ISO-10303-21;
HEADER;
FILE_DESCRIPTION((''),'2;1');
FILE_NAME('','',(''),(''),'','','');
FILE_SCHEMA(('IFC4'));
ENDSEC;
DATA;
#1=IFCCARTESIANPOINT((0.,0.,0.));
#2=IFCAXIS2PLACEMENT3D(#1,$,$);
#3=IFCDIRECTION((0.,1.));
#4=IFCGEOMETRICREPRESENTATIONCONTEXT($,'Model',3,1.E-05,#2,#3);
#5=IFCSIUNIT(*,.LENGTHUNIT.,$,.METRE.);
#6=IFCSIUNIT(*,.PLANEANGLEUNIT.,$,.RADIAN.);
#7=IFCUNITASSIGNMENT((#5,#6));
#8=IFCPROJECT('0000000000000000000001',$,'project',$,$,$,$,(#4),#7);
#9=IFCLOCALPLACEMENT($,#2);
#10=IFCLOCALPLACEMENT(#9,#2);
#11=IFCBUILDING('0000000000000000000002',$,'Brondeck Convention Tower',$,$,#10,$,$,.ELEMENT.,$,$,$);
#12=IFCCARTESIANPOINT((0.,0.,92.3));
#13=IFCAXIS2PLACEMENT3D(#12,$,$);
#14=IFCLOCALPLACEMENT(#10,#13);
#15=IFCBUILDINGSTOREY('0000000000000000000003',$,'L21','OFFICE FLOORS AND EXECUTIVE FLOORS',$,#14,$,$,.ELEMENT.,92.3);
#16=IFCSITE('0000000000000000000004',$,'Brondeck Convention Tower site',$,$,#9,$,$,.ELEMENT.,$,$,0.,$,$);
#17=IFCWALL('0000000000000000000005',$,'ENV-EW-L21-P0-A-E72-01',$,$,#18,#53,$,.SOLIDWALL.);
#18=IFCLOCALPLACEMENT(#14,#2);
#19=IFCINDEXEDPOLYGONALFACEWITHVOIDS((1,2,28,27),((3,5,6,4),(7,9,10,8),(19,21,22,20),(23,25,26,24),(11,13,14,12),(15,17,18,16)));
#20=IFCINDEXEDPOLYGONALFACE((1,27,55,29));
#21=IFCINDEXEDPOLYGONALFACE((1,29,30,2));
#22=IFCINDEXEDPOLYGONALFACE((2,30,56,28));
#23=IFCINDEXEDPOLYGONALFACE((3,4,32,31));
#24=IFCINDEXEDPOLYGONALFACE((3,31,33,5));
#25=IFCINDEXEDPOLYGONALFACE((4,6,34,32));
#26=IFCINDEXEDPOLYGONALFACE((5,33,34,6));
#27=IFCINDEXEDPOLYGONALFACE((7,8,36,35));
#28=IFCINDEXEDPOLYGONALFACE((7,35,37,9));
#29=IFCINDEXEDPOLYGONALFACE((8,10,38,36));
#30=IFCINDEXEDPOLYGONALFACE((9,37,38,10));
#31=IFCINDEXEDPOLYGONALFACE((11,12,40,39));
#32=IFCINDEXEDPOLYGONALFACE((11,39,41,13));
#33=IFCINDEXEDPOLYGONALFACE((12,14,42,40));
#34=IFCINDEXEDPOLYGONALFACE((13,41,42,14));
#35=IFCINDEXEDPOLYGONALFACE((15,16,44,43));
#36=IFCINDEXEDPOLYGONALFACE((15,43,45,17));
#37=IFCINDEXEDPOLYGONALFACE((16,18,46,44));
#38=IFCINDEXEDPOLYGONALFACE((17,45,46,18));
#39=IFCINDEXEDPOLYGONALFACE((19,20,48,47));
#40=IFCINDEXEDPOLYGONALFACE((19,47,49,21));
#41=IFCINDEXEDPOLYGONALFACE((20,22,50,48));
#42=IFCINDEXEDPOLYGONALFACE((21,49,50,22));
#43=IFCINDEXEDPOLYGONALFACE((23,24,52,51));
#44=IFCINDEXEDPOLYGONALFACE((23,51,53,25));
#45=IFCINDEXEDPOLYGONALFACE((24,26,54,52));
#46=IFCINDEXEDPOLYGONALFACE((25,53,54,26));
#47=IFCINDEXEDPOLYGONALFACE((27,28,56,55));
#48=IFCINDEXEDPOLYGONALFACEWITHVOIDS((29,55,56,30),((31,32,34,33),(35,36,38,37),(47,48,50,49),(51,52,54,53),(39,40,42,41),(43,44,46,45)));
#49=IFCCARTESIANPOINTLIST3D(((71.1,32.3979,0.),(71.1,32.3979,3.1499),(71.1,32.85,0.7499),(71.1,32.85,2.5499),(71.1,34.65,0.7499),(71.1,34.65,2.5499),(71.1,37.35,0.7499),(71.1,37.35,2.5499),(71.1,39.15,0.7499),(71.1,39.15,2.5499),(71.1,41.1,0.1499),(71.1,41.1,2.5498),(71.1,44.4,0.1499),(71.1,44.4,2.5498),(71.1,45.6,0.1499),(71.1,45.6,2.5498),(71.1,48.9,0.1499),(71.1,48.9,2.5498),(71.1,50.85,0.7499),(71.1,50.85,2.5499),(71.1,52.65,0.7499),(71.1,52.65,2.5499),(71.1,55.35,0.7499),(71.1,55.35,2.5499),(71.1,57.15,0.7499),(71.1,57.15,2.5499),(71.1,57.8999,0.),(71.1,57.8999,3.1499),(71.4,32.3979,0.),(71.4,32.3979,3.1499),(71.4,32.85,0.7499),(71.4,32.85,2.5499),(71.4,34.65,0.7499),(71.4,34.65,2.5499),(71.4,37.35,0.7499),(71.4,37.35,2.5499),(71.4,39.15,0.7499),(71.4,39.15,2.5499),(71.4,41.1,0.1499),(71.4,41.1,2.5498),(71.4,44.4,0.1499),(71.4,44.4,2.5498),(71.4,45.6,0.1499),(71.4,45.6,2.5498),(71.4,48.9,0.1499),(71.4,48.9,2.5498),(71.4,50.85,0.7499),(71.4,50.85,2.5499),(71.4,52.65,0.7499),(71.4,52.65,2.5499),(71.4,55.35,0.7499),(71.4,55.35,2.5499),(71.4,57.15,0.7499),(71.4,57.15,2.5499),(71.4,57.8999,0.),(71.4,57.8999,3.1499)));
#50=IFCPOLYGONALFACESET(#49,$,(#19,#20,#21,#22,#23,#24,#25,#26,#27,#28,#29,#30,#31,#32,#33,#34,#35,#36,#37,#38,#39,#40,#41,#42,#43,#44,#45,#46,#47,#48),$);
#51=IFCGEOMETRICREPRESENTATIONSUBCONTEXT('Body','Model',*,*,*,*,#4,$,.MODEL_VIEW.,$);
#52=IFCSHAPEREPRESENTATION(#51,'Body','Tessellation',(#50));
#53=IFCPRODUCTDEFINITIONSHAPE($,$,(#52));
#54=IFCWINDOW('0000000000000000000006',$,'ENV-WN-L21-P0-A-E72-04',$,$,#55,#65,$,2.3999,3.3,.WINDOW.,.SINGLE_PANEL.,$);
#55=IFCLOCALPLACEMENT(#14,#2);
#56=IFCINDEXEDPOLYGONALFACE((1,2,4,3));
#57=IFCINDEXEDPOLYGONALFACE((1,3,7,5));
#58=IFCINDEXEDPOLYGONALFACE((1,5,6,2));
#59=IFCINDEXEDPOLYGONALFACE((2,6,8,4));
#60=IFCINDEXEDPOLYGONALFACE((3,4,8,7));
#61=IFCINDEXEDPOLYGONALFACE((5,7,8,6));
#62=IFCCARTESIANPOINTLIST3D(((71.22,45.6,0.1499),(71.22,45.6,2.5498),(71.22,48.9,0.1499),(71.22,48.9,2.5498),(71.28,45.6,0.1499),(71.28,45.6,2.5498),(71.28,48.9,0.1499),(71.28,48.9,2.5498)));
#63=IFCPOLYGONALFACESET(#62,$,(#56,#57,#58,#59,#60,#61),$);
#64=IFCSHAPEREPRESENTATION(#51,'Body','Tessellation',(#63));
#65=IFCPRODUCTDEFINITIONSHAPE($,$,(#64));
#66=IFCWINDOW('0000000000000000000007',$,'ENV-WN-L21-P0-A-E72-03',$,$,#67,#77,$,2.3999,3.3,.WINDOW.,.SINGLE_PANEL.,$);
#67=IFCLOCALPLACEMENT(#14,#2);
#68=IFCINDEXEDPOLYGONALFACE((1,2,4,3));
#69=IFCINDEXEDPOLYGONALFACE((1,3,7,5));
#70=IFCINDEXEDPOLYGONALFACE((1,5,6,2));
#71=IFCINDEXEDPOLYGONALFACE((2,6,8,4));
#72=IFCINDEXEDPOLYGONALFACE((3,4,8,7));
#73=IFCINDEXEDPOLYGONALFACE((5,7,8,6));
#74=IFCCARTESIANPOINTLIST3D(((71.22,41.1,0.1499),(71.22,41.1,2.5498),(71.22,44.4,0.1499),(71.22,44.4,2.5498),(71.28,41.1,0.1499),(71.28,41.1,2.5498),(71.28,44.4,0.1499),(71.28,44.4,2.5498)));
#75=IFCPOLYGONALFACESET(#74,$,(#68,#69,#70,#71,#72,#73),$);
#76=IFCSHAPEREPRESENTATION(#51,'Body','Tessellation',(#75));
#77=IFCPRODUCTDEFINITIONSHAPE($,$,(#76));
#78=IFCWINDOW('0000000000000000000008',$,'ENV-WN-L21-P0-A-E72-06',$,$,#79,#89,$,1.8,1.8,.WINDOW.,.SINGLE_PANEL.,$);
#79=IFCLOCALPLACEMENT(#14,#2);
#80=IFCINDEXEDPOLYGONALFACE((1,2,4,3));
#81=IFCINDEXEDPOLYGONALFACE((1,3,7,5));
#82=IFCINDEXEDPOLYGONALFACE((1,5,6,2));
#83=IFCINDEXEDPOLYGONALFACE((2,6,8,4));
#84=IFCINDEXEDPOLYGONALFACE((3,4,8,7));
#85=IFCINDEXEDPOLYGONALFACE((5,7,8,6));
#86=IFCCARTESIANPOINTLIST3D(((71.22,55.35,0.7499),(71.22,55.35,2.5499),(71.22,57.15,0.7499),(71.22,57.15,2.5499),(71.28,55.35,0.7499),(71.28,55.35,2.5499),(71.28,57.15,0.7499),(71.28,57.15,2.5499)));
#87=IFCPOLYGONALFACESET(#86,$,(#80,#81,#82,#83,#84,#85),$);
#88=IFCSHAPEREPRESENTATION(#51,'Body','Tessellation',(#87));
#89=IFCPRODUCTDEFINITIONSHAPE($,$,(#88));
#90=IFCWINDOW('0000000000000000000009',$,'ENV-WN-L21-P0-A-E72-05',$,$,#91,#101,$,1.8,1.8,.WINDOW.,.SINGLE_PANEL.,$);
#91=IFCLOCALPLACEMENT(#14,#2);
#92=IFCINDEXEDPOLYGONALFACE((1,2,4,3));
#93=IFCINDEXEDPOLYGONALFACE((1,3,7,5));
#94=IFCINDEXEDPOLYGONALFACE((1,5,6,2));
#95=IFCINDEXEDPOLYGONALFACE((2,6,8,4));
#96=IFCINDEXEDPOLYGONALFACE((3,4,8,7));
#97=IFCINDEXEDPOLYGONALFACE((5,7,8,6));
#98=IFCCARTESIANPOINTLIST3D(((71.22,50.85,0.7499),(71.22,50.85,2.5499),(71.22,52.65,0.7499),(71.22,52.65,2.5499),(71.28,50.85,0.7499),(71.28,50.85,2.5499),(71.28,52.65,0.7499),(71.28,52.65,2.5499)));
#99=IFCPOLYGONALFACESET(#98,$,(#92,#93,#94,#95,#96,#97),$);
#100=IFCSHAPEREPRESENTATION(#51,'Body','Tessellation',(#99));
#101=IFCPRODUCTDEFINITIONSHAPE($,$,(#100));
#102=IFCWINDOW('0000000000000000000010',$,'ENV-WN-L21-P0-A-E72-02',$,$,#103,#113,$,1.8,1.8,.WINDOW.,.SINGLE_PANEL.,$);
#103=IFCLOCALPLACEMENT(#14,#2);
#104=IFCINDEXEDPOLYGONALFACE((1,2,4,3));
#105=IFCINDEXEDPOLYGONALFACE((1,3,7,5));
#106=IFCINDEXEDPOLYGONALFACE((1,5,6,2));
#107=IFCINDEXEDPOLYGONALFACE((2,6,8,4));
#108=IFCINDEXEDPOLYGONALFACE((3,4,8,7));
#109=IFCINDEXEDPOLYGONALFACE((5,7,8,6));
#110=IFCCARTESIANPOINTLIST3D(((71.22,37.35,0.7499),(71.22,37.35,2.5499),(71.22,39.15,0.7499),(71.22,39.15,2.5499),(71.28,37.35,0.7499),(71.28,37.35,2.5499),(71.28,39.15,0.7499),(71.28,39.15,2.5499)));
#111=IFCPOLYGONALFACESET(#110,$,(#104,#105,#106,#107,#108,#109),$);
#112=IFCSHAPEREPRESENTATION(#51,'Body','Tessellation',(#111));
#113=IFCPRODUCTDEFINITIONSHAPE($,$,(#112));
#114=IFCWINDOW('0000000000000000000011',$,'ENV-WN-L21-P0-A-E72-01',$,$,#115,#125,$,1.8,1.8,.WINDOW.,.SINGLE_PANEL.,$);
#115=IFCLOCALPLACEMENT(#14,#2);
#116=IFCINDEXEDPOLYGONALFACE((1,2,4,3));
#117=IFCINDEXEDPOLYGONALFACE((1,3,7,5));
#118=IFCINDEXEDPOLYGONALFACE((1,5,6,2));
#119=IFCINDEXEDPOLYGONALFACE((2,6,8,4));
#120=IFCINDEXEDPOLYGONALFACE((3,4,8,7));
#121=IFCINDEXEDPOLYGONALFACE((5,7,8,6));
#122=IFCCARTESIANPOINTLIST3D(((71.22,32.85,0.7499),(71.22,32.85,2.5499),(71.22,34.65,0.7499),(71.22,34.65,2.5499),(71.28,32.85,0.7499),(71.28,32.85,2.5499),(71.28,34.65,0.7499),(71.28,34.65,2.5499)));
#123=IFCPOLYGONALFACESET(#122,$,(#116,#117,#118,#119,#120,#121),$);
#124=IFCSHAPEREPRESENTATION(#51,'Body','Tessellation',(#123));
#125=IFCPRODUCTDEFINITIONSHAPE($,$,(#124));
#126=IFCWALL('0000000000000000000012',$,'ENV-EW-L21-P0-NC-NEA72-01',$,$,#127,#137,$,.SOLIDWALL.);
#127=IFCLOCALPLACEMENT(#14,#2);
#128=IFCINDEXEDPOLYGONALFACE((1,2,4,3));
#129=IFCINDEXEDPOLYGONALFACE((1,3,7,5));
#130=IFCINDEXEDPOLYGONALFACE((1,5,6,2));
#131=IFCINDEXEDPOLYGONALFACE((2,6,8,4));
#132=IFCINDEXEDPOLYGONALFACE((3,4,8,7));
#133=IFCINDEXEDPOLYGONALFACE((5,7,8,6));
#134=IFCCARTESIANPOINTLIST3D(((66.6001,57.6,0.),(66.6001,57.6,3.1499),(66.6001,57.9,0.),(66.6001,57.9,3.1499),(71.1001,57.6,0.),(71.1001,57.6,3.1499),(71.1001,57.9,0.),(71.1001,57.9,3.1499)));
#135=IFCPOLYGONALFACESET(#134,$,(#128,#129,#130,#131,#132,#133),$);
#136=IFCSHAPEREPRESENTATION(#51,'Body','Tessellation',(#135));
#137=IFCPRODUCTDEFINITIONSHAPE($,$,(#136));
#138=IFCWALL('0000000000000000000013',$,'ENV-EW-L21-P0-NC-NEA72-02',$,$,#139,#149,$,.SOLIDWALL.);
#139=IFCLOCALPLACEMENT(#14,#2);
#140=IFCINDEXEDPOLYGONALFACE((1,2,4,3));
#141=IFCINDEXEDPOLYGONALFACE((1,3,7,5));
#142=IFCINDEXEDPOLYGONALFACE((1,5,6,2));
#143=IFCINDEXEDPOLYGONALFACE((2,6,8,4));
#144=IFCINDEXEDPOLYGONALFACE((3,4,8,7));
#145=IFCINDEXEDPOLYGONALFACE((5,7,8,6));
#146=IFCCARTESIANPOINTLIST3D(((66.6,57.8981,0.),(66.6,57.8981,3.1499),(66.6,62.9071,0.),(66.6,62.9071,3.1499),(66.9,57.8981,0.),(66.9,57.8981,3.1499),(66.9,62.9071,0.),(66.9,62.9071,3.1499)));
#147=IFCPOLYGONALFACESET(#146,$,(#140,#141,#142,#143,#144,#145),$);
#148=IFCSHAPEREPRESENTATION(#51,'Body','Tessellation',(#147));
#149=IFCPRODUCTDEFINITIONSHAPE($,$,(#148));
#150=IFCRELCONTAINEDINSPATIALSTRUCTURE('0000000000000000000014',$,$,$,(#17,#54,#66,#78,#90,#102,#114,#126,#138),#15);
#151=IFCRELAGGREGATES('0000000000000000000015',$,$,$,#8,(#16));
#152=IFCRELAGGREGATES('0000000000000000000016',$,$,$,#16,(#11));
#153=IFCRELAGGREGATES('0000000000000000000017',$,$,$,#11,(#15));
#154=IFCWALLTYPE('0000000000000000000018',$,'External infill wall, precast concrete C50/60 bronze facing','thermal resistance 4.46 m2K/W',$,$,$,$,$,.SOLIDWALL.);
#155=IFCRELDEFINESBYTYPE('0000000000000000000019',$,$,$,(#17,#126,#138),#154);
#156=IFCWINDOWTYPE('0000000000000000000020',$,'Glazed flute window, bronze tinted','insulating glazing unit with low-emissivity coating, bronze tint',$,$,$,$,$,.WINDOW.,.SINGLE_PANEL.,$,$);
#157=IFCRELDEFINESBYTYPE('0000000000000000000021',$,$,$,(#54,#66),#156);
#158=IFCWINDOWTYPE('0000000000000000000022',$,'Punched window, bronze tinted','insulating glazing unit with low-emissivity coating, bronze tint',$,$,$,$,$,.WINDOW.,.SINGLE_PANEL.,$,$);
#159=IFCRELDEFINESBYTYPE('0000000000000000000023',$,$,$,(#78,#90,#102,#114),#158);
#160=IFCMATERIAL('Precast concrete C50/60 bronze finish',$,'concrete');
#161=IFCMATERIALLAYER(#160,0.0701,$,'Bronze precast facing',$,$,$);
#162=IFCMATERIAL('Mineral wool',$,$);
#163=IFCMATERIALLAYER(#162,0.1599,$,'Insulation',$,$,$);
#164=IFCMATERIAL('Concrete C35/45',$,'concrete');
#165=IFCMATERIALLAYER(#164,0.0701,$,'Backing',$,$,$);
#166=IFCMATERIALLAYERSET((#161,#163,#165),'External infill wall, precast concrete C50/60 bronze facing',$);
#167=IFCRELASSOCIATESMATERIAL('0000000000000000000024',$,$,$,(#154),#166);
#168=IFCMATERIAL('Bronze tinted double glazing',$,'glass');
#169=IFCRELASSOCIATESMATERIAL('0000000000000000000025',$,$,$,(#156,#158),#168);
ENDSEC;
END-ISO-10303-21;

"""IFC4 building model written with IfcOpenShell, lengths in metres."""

from ifc_helpers import new_model, si_unit, direction, frame, frame_2d, origin, place, context, subcontext, project, spatial, rectangle, extrude, material, layer, layer_set, type_object, element, fill, save


model = new_model("IFC4")

# Units and contexts
model_context = context("Model", 3, precision=1e-05, world=origin(), true_north=direction((0.0, 1.0)))
body_context = subcontext(model_context, "Body", "Model", "MODEL_VIEW")
ifc_project = project(units=[si_unit("LENGTHUNIT", "METRE"), si_unit("PLANEANGLEUNIT", "RADIAN")], contexts=[model_context])

# Site, building, storey
site_placement = place(None, origin())
site = spatial("IfcSite", under=ifc_project, at=site_placement, Name="Brondeck Convention Tower site", CompositionType="ELEMENT", RefElevation=0.0)
building_placement = place(site_placement, origin())
building = spatial("IfcBuilding", under=site, at=building_placement, Name="Brondeck Convention Tower", CompositionType="ELEMENT")
storey_placement = place(building_placement, frame((0.0, 0.0, 92.3)))
storey = spatial("IfcBuildingStorey", under=building, at=storey_placement, Name="L21", Description="OFFICE FLOORS AND EXECUTIVE FLOORS", CompositionType="ELEMENT", Elevation=92.3)

# Wall, openings, windows
ifc_material_1 = material(Name="Precast concrete C50/60 bronze finish", Category="concrete")
ifc_layer_1 = layer(ifc_material_1, 0.0701, Name="Bronze precast facing")
ifc_material_2 = material(Name="Mineral wool")
ifc_layer_2 = layer(ifc_material_2, 0.1599, Name="Insulation")
ifc_material_3 = material(Name="Concrete C35/45", Category="concrete")
ifc_layer_3 = layer(ifc_material_3, 0.0701, Name="Backing")
ifc_layer_set_1 = layer_set([ifc_layer_1, ifc_layer_2, ifc_layer_3], Name="External infill wall, precast concrete C50/60 bronze facing")
wall_type_1 = type_object("IfcWallType", Name="External infill wall, precast concrete C50/60 bronze facing", Description="thermal resistance 4.46 m2K/W", PredefinedType="SOLIDWALL", material=ifc_layer_set_1)
wall_1_placement = place(storey_placement, frame((71.25, 57.8999, 0.0), z_axis=(0.0, 0.0, 1.0), x_axis=(0.0, -1.0, 0.0)))
wall_1 = element("IfcWall", 1, at=wall_1_placement, inside=storey, type_object=wall_type_1, Name="ENV-EW-L21-P0-A-E72-01", PredefinedType="SOLIDWALL", context=body_context, shape_type="SweptSolid", body=[
    extrude(rectangle(XDim=25.502, YDim=0.3, at=frame_2d((12.751, 0.0))), origin(), (0.0, 0.0, 1.0), 3.1499),
])
opening_1_placement = place(wall_1_placement, frame((0.75, 0.0, 0.75)))
opening_1 = element("IfcOpeningElement", 2, at=opening_1_placement, cuts=wall_1, PredefinedType="OPENING", context=body_context, shape_type="SweptSolid", body=[
    extrude(rectangle(XDim=1.8, YDim=1.8, at=frame_2d((0.8999, 0.8999))), frame((0.0, 0.1599, 0.0), z_axis=(0.0, -1.0, 0.0), x_axis=(1.0, 0.0, 0.0)), (0.0, 0.0, 1.0), 0.3201),
])
opening_2_placement = place(wall_1_placement, frame((5.25, 0.0, 0.75)))
opening_2 = element("IfcOpeningElement", 3, at=opening_2_placement, cuts=wall_1, PredefinedType="OPENING", context=body_context, shape_type="SweptSolid", body=[
    extrude(rectangle(XDim=1.8, YDim=1.8, at=frame_2d((0.8999, 0.8999))), frame((0.0, 0.1599, 0.0), z_axis=(0.0, -1.0, 0.0), x_axis=(1.0, 0.0, 0.0)), (0.0, 0.0, 1.0), 0.3201),
])
opening_3_placement = place(wall_1_placement, frame((9.0, 0.0, 0.1499)))
opening_3 = element("IfcOpeningElement", 4, at=opening_3_placement, cuts=wall_1, PredefinedType="OPENING", context=body_context, shape_type="SweptSolid", body=[
    extrude(rectangle(XDim=3.3, YDim=2.3999, at=frame_2d((1.6499, 1.2))), frame((0.0, 0.1599, 0.0), z_axis=(0.0, -1.0, 0.0), x_axis=(1.0, 0.0, 0.0)), (0.0, 0.0, 1.0), 0.3201),
])
opening_4_placement = place(wall_1_placement, frame((13.5, 0.0, 0.1499)))
opening_4 = element("IfcOpeningElement", 5, at=opening_4_placement, cuts=wall_1, PredefinedType="OPENING", context=body_context, shape_type="SweptSolid", body=[
    extrude(rectangle(XDim=3.3, YDim=2.3999, at=frame_2d((1.6499, 1.2))), frame((0.0, 0.1599, 0.0), z_axis=(0.0, -1.0, 0.0), x_axis=(1.0, 0.0, 0.0)), (0.0, 0.0, 1.0), 0.3201),
])
opening_5_placement = place(wall_1_placement, frame((18.75, 0.0, 0.75)))
opening_5 = element("IfcOpeningElement", 6, at=opening_5_placement, cuts=wall_1, PredefinedType="OPENING", context=body_context, shape_type="SweptSolid", body=[
    extrude(rectangle(XDim=1.8, YDim=1.8, at=frame_2d((0.8999, 0.8999))), frame((0.0, 0.1599, 0.0), z_axis=(0.0, -1.0, 0.0), x_axis=(1.0, 0.0, 0.0)), (0.0, 0.0, 1.0), 0.3201),
])
opening_6_placement = place(wall_1_placement, frame((23.25, 0.0, 0.75)))
opening_6 = element("IfcOpeningElement", 7, at=opening_6_placement, cuts=wall_1, PredefinedType="OPENING", context=body_context, shape_type="SweptSolid", body=[
    extrude(rectangle(XDim=1.8, YDim=1.8, at=frame_2d((0.8999, 0.8999))), frame((0.0, 0.1599, 0.0), z_axis=(0.0, -1.0, 0.0), x_axis=(1.0, 0.0, 0.0)), (0.0, 0.0, 1.0), 0.3201),
])
ifc_material_4 = material(Name="Bronze tinted double glazing", Category="glass")
window_type_1 = type_object("IfcWindowType", Name="Glazed flute window, bronze tinted", Description="insulating glazing unit with low-emissivity coating, bronze tint", PartitioningType="SINGLE_PANEL", PredefinedType="WINDOW", material=ifc_material_4)
window_1_placement = place(opening_3_placement, origin())
window_1 = element("IfcWindow", 8, at=window_1_placement, inside=storey, type_object=window_type_1, Name="ENV-WN-L21-P0-A-E72-04", OverallHeight=2.3999, OverallWidth=3.3, PartitioningType="SINGLE_PANEL", PredefinedType="WINDOW", context=body_context, shape_type="SweptSolid", body=[
    extrude(rectangle(XDim=3.3, YDim=2.3999, at=frame_2d((1.6499, 1.2))), frame((0.0, 0.03, 0.0), z_axis=(0.0, -1.0, 0.0), x_axis=(1.0, 0.0, 0.0)), (0.0, 0.0, 1.0), 0.0601),
])
fill(opening_3, window_1)
window_2_placement = place(opening_4_placement, origin())
window_2 = element("IfcWindow", 9, at=window_2_placement, inside=storey, type_object=window_type_1, Name="ENV-WN-L21-P0-A-E72-03", OverallHeight=2.3999, OverallWidth=3.3, PartitioningType="SINGLE_PANEL", PredefinedType="WINDOW", context=body_context, shape_type="SweptSolid", body=[
    extrude(rectangle(XDim=3.3, YDim=2.3999, at=frame_2d((1.6499, 1.2))), frame((0.0, 0.03, 0.0), z_axis=(0.0, -1.0, 0.0), x_axis=(1.0, 0.0, 0.0)), (0.0, 0.0, 1.0), 0.0601),
])
fill(opening_4, window_2)
window_type_2 = type_object("IfcWindowType", Name="Punched window, bronze tinted", Description="insulating glazing unit with low-emissivity coating, bronze tint", PartitioningType="SINGLE_PANEL", PredefinedType="WINDOW", material=ifc_material_4)
window_3_placement = place(opening_1_placement, origin())
window_3 = element("IfcWindow", 10, at=window_3_placement, inside=storey, type_object=window_type_2, Name="ENV-WN-L21-P0-A-E72-06", OverallHeight=1.8, OverallWidth=1.8, PartitioningType="SINGLE_PANEL", PredefinedType="WINDOW", context=body_context, shape_type="SweptSolid", body=[
    extrude(rectangle(XDim=1.8, YDim=1.8, at=frame_2d((0.8999, 0.8999))), frame((0.0, 0.03, 0.0), z_axis=(0.0, -1.0, 0.0), x_axis=(1.0, 0.0, 0.0)), (0.0, 0.0, 1.0), 0.0601),
])
fill(opening_1, window_3)
window_4_placement = place(opening_2_placement, origin())
window_4 = element("IfcWindow", 11, at=window_4_placement, inside=storey, type_object=window_type_2, Name="ENV-WN-L21-P0-A-E72-05", OverallHeight=1.8, OverallWidth=1.8, PartitioningType="SINGLE_PANEL", PredefinedType="WINDOW", context=body_context, shape_type="SweptSolid", body=[
    extrude(rectangle(XDim=1.8, YDim=1.8, at=frame_2d((0.8999, 0.8999))), frame((0.0, 0.03, 0.0), z_axis=(0.0, -1.0, 0.0), x_axis=(1.0, 0.0, 0.0)), (0.0, 0.0, 1.0), 0.0601),
])
fill(opening_2, window_4)
window_5_placement = place(opening_5_placement, origin())
window_5 = element("IfcWindow", 12, at=window_5_placement, inside=storey, type_object=window_type_2, Name="ENV-WN-L21-P0-A-E72-02", OverallHeight=1.8, OverallWidth=1.8, PartitioningType="SINGLE_PANEL", PredefinedType="WINDOW", context=body_context, shape_type="SweptSolid", body=[
    extrude(rectangle(XDim=1.8, YDim=1.8, at=frame_2d((0.8999, 0.8999))), frame((0.0, 0.03, 0.0), z_axis=(0.0, -1.0, 0.0), x_axis=(1.0, 0.0, 0.0)), (0.0, 0.0, 1.0), 0.0601),
])
fill(opening_5, window_5)
window_6_placement = place(opening_6_placement, origin())
window_6 = element("IfcWindow", 13, at=window_6_placement, inside=storey, type_object=window_type_2, Name="ENV-WN-L21-P0-A-E72-01", OverallHeight=1.8, OverallWidth=1.8, PartitioningType="SINGLE_PANEL", PredefinedType="WINDOW", context=body_context, shape_type="SweptSolid", body=[
    extrude(rectangle(XDim=1.8, YDim=1.8, at=frame_2d((0.8999, 0.8999))), frame((0.0, 0.03, 0.0), z_axis=(0.0, -1.0, 0.0), x_axis=(1.0, 0.0, 0.0)), (0.0, 0.0, 1.0), 0.0601),
])
fill(opening_6, window_6)

# Walls
wall_2_placement = place(storey_placement, frame((66.6001, 57.75, 0.0), z_axis=(0.0, 0.0, 1.0), x_axis=(1.0, 0.0, 0.0)))
element("IfcWall", 14, at=wall_2_placement, inside=storey, type_object=wall_type_1, Name="ENV-EW-L21-P0-NC-NEA72-01", PredefinedType="SOLIDWALL", context=body_context, shape_type="SweptSolid", body=[
    extrude(rectangle(XDim=4.5, YDim=0.3, at=frame_2d((2.25, 0.0))), origin(), (0.0, 0.0, 1.0), 3.1499),
])
wall_3_placement = place(storey_placement, frame((66.75, 62.907, 0.0), z_axis=(0.0, 0.0, 1.0), x_axis=(0.0, -1.0, 0.0)))
element("IfcWall", 15, at=wall_3_placement, inside=storey, type_object=wall_type_1, Name="ENV-EW-L21-P0-NC-NEA72-02", PredefinedType="SOLIDWALL", context=body_context, shape_type="SweptSolid", body=[
    extrude(rectangle(XDim=5.009, YDim=0.3, at=frame_2d((2.5044, 0.0))), origin(), (0.0, 0.0, 1.0), 3.1499),
])

save(model, "model.ifc")
